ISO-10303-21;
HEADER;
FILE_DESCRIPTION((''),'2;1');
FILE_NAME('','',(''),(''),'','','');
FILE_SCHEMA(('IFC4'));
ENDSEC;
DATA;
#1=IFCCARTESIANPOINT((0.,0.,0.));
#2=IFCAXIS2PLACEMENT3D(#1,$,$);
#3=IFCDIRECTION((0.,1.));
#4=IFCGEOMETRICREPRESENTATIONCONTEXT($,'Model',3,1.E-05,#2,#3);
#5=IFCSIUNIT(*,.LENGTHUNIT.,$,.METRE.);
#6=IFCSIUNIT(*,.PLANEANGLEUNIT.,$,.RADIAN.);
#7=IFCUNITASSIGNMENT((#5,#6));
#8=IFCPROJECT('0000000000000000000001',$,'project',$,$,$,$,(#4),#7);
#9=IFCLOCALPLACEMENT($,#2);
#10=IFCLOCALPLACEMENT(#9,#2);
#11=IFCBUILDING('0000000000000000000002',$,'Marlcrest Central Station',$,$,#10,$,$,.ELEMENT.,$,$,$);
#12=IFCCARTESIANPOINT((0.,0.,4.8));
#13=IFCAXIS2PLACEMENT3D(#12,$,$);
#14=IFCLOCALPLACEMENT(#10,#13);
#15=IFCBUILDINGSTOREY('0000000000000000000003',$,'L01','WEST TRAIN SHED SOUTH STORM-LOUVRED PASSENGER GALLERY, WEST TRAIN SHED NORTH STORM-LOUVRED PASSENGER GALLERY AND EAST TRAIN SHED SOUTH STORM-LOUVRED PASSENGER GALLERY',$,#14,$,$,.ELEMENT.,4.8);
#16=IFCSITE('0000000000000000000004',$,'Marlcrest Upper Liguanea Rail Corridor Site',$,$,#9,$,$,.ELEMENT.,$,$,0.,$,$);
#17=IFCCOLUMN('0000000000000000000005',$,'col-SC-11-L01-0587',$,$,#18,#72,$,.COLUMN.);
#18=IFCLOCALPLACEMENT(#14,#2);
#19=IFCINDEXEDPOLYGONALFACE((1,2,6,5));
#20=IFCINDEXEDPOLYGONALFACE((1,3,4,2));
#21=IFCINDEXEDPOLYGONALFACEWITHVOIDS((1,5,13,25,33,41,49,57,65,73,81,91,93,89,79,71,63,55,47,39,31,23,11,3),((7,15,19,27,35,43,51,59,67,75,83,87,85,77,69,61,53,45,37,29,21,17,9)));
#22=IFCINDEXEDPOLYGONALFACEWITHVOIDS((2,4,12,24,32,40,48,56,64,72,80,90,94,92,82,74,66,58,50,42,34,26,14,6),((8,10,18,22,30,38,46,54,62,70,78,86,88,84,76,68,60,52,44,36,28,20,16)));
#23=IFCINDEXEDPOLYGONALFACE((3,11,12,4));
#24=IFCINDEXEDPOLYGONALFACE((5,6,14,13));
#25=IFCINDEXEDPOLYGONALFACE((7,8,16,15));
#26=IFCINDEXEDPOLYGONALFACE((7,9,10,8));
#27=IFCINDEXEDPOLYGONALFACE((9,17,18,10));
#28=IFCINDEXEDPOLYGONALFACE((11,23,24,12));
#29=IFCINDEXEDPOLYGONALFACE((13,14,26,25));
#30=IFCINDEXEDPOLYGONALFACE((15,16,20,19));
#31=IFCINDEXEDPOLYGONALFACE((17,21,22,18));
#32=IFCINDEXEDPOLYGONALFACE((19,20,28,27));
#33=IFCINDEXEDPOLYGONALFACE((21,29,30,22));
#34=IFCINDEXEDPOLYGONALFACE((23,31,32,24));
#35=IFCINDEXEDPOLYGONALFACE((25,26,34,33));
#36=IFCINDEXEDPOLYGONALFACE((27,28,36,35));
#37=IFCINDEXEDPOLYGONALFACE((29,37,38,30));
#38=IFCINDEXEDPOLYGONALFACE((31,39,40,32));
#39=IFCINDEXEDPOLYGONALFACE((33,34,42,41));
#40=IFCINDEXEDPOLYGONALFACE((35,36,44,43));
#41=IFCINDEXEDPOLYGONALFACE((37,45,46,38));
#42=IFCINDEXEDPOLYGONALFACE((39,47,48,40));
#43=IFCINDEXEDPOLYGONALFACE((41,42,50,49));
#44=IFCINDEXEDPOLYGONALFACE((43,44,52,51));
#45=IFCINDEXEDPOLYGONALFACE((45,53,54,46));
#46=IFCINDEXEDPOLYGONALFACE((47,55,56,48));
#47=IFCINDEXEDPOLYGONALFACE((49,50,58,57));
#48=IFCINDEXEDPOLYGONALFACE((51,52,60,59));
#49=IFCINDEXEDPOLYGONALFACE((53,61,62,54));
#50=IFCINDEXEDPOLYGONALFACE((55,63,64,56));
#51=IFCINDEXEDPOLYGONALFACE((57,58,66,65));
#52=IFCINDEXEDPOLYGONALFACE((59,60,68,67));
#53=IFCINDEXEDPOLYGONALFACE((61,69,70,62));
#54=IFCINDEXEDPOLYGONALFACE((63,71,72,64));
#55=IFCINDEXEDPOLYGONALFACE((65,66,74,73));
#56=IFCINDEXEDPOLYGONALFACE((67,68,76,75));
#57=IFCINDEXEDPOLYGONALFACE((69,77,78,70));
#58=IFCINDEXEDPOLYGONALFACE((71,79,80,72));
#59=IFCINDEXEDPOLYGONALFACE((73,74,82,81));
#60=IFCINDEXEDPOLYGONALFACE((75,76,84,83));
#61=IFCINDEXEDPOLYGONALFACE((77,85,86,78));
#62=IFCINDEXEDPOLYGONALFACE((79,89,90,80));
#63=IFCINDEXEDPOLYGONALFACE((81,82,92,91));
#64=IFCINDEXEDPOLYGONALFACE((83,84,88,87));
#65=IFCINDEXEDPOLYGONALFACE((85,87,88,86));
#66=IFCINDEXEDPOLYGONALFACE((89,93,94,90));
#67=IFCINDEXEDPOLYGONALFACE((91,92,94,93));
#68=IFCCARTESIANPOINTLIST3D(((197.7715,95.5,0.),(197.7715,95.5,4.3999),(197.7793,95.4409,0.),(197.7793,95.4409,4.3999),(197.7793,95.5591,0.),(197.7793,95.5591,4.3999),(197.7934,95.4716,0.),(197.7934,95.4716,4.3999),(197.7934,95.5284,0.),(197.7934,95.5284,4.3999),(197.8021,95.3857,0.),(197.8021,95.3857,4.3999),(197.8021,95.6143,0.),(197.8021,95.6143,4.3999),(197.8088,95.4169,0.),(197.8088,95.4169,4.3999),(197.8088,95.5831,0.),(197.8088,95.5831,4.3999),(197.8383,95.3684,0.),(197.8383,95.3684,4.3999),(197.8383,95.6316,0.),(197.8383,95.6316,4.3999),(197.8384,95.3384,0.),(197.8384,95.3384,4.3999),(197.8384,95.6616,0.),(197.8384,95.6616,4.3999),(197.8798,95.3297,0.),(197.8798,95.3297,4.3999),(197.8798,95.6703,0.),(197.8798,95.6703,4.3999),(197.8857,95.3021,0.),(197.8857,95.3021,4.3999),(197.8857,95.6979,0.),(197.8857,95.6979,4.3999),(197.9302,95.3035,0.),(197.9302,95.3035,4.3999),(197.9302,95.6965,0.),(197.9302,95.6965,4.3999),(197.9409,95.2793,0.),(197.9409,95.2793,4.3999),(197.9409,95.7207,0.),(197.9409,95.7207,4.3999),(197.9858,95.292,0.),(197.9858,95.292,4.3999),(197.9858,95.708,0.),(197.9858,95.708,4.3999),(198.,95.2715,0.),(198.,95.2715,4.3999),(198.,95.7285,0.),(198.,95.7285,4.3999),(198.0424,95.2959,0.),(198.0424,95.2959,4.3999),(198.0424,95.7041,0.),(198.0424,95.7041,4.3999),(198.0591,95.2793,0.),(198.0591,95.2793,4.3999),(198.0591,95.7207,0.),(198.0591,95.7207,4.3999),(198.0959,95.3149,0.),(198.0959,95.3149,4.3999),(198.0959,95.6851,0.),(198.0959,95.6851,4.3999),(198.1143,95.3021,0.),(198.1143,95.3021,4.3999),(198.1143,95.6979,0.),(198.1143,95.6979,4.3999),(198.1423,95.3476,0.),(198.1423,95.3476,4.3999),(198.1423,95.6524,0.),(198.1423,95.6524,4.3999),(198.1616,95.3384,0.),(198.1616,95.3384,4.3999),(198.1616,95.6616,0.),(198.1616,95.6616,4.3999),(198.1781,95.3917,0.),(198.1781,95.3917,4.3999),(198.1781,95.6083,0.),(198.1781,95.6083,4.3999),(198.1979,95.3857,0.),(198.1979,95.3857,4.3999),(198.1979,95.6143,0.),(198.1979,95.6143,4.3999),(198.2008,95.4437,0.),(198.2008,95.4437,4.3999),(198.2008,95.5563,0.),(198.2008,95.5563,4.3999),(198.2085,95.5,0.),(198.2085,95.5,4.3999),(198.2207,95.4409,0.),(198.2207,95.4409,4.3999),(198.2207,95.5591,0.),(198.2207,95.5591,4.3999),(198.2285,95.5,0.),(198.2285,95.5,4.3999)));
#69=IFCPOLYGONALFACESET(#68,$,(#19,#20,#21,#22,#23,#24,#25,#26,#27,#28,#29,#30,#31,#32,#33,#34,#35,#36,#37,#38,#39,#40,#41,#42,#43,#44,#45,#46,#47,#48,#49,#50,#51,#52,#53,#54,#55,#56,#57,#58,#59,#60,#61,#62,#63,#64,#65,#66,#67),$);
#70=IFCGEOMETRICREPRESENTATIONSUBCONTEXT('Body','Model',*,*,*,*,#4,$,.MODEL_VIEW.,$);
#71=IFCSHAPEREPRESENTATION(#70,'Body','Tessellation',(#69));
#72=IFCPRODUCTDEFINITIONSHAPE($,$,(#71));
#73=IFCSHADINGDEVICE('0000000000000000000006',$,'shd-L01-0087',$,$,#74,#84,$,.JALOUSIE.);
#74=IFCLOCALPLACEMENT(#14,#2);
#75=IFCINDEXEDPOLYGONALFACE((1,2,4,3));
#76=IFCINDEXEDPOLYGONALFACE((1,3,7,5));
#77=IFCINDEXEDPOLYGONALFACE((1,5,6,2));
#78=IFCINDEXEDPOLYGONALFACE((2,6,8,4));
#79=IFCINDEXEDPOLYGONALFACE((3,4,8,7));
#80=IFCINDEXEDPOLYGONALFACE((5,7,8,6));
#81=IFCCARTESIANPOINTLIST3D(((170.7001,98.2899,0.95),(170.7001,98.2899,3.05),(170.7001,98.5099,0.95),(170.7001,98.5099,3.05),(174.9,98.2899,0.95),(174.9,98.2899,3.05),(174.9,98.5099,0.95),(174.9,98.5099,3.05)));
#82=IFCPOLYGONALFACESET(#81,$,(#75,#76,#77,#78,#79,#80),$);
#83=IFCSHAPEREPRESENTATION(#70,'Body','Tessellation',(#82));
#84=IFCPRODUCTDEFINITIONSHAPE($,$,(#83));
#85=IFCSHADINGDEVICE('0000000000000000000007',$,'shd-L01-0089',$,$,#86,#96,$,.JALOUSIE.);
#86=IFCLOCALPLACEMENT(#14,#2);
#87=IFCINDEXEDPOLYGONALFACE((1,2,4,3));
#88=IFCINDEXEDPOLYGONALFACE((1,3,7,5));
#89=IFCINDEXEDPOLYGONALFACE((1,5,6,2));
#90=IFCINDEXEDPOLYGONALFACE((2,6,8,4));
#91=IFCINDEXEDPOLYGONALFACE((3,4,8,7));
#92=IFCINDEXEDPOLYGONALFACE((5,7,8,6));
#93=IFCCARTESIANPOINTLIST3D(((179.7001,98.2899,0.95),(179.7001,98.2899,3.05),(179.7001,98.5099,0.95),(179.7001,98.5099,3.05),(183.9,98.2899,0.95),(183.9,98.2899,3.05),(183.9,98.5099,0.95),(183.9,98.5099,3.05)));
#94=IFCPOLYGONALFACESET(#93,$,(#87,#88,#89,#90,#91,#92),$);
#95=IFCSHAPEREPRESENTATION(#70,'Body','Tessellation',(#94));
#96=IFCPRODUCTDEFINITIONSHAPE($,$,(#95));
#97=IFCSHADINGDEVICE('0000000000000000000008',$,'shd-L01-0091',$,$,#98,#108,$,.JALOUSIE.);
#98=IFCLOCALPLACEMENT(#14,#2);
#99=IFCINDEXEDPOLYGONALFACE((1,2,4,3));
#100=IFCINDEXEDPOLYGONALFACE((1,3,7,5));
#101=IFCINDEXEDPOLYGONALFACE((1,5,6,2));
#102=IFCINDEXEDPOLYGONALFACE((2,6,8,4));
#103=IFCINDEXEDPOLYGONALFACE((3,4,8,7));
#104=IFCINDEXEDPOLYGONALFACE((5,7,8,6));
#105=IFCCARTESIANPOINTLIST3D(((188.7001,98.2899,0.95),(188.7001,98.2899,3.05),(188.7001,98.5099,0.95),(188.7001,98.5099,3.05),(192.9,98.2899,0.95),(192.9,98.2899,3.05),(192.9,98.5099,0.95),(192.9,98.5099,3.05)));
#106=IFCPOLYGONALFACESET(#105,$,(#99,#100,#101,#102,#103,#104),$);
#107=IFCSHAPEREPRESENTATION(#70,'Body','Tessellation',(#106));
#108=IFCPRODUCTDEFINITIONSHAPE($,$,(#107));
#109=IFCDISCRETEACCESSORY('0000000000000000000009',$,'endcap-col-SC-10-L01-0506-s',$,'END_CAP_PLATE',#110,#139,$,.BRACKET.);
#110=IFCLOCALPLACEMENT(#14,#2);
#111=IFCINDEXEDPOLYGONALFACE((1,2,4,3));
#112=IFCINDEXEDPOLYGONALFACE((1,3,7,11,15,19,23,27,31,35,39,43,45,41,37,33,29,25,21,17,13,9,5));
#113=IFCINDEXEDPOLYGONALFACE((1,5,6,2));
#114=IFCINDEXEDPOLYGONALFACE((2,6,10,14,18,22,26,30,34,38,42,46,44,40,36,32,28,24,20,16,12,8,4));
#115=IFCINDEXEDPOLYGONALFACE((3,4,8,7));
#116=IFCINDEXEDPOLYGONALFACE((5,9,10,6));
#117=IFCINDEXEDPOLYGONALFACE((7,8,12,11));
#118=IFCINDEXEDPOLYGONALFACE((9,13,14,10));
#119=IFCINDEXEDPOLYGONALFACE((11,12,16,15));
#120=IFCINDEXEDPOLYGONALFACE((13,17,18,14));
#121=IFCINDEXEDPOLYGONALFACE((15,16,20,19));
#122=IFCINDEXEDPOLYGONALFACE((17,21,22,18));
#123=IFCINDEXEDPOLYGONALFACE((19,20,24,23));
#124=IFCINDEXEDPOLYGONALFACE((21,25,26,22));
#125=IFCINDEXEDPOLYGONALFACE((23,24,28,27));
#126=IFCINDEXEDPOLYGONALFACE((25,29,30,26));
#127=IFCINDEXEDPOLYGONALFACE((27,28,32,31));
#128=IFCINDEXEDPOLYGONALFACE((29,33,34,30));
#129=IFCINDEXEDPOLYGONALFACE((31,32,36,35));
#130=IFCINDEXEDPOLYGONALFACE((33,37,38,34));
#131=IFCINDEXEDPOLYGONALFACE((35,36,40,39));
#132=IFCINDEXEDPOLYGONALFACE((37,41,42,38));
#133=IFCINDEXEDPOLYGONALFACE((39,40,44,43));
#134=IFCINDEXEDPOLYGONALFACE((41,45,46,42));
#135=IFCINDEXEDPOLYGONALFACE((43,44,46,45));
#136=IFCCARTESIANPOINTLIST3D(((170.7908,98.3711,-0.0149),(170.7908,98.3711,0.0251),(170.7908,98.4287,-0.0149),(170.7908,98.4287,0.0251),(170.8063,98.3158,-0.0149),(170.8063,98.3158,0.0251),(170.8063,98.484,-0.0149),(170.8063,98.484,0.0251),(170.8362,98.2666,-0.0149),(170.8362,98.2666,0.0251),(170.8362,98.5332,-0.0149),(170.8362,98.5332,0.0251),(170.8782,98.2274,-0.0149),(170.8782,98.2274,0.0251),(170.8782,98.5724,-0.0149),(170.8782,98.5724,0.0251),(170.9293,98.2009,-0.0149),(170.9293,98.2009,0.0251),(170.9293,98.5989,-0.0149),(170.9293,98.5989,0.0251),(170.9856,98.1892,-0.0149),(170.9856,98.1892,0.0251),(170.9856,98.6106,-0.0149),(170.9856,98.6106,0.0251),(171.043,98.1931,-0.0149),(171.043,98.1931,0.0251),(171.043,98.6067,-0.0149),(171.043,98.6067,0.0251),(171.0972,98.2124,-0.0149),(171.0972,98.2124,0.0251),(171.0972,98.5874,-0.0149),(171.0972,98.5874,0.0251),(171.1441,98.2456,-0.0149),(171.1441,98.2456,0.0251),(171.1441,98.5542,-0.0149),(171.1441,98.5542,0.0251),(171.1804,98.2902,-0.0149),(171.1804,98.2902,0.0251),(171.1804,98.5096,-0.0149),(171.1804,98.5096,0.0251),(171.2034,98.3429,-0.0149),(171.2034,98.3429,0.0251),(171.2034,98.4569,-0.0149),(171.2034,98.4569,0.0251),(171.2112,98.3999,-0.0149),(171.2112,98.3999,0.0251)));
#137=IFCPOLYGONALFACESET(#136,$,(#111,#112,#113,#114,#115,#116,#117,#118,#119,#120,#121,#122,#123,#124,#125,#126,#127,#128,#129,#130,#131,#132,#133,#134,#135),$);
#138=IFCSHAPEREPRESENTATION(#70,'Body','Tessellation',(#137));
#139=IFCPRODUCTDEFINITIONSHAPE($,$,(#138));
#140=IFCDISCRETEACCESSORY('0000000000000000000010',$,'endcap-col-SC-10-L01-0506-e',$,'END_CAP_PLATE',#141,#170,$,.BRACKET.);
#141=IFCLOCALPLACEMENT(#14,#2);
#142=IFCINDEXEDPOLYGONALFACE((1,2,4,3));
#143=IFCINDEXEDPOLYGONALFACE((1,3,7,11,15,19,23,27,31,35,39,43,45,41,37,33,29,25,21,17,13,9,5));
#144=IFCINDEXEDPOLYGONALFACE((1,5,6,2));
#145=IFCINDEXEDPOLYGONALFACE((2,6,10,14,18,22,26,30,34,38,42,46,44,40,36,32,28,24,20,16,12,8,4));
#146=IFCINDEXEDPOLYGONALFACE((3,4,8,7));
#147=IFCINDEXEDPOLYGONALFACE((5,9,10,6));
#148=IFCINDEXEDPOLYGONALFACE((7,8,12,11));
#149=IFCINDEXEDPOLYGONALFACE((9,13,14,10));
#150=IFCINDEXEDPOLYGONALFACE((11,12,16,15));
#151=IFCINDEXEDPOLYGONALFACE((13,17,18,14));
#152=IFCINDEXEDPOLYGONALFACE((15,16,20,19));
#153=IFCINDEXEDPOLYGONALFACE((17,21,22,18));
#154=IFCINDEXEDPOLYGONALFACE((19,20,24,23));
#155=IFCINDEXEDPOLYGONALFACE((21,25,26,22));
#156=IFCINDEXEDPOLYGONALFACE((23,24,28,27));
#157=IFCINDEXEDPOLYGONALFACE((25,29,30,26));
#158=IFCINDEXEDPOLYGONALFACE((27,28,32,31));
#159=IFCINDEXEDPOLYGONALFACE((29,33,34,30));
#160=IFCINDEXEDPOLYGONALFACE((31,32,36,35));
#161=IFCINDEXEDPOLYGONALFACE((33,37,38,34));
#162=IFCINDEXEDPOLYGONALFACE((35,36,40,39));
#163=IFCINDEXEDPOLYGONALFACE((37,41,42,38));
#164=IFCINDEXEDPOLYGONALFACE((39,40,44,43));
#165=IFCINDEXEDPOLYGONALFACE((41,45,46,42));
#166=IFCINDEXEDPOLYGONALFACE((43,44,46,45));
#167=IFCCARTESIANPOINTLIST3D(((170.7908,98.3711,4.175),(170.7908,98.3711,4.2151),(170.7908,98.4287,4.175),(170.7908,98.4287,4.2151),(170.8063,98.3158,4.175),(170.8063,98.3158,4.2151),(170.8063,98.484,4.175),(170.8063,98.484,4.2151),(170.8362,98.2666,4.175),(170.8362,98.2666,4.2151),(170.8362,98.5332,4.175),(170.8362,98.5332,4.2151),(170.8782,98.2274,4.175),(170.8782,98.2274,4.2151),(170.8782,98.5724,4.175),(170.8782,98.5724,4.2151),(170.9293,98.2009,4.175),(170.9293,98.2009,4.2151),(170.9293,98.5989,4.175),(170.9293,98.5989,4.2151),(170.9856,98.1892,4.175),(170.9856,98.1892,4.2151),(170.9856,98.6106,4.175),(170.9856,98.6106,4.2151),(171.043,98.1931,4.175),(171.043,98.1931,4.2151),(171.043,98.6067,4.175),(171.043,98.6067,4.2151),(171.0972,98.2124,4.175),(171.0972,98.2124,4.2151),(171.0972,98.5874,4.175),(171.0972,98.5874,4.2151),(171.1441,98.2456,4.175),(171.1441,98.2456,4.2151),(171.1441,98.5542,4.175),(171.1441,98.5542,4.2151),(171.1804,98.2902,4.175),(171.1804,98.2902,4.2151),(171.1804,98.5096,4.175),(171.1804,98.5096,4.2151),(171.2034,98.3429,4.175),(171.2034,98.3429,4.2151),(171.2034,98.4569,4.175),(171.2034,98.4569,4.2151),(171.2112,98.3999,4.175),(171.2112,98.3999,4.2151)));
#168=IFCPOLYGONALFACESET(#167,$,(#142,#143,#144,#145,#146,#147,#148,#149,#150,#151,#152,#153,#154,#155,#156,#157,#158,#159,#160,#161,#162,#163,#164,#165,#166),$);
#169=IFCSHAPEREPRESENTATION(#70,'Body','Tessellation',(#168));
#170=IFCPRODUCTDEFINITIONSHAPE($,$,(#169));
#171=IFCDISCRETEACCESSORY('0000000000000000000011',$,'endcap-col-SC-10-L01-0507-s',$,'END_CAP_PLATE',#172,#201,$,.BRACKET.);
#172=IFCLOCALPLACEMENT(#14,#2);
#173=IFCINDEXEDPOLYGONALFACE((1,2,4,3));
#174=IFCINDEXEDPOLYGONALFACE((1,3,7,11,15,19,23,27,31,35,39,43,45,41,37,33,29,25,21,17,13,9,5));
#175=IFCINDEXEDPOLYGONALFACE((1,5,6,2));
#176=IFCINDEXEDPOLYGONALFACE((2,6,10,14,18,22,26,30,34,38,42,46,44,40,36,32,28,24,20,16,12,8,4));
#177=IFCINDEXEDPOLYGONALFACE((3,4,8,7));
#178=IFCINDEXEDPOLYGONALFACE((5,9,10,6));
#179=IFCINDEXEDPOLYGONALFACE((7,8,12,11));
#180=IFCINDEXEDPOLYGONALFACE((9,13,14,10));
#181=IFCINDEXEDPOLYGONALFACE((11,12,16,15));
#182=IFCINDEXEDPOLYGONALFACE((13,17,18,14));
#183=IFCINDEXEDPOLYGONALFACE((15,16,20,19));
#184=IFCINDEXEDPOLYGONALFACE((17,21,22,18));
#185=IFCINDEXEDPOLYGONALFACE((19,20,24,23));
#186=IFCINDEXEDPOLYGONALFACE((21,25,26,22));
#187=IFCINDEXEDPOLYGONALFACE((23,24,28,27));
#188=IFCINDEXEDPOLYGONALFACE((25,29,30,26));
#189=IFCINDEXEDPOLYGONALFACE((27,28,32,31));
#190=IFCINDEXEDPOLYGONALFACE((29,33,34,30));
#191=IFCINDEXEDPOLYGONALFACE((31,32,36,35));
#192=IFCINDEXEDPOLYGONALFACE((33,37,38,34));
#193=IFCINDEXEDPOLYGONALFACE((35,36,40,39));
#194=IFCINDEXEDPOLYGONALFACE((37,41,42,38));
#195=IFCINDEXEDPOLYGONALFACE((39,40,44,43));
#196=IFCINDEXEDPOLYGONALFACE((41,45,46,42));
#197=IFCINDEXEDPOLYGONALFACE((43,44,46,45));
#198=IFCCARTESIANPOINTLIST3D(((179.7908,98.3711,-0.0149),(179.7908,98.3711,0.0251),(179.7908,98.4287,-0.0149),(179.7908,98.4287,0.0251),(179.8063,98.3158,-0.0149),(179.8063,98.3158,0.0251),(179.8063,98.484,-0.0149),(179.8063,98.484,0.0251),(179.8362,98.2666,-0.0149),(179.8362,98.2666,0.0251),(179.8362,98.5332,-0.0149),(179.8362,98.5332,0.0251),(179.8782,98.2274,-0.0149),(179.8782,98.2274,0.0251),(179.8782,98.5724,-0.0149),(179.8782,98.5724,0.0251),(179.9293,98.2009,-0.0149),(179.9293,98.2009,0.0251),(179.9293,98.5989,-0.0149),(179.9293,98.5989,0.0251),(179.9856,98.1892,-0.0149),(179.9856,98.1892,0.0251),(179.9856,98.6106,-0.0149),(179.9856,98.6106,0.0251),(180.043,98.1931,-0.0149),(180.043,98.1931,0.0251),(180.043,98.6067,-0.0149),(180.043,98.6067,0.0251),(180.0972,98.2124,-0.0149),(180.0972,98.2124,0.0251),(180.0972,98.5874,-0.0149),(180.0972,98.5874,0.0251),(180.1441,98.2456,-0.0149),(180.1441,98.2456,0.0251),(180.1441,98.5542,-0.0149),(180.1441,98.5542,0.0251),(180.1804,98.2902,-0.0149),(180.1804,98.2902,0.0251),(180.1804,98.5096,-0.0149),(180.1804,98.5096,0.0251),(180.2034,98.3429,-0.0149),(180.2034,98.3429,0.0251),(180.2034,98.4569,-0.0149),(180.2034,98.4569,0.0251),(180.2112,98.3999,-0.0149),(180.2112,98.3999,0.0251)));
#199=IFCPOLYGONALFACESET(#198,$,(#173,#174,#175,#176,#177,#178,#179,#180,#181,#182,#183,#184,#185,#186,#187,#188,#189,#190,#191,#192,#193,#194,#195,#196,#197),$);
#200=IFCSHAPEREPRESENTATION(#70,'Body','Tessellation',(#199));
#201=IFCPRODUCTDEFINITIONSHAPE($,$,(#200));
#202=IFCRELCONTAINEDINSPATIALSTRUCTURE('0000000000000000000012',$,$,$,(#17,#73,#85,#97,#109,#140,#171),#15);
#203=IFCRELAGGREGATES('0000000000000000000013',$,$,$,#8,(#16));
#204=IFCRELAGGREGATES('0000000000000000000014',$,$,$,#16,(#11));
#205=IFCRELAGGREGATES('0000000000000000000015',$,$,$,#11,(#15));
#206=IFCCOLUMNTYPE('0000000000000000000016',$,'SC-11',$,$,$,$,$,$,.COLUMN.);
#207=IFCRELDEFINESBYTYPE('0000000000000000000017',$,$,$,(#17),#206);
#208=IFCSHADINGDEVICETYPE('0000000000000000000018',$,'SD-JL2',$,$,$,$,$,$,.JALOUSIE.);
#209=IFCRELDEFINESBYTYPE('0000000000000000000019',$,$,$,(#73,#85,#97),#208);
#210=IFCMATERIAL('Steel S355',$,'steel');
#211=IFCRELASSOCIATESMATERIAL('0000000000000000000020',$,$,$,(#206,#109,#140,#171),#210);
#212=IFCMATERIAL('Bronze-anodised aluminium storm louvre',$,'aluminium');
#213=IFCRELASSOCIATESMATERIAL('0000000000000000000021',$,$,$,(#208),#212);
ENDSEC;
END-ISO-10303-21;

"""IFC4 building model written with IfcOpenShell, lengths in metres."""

from ifc_helpers import new_model, si_unit, direction, frame, origin, origin_2d, place, context, subcontext, project, spatial, rectangle, circle, hollow_circle, extrude, material, material_profile, profile_set, type_object, element, save


model = new_model("IFC4")

# Units and contexts
model_context = context("Model", 3, precision=1e-05, world=origin(), true_north=direction((0.0, 1.0)))
body_context = subcontext(model_context, "Body", "Model", "MODEL_VIEW")
ifc_project = project(units=[si_unit("LENGTHUNIT", "METRE"), si_unit("PLANEANGLEUNIT", "RADIAN")], contexts=[model_context])

# Site, building, storey
site_placement = place(None, origin())
site = spatial("IfcSite", under=ifc_project, at=site_placement, Name="Marlcrest Upper Liguanea Rail Corridor Site", CompositionType="ELEMENT", RefElevation=0.0)
building_placement = place(site_placement, origin())
building = spatial("IfcBuilding", under=site, at=building_placement, Name="Marlcrest Central Station", CompositionType="ELEMENT")
storey_placement = place(building_placement, frame((0.0, 0.0, 4.8)))
storey = spatial("IfcBuildingStorey", under=building, at=storey_placement, Name="L01", Description="WEST TRAIN SHED SOUTH STORM-LOUVRED PASSENGER GALLERY, WEST TRAIN SHED NORTH STORM-LOUVRED PASSENGER GALLERY AND EAST TRAIN SHED SOUTH STORM-LOUVRED PASSENGER GALLERY", CompositionType="ELEMENT", Elevation=4.8)

# Column
ifc_material_1 = material(Name="Steel S355", Category="steel")
ifc_material_profile_1 = material_profile(ifc_material_1, hollow_circle(Radius=0.2285, WallThickness=0.02, at=origin_2d()), Name="CHS 457x20")
ifc_profile_set_1 = profile_set([ifc_material_profile_1], Name="Steel S355")
column_type_1 = type_object("IfcColumnType", Name="SC-11", PredefinedType="COLUMN", material=ifc_profile_set_1)
for number, where, z_axis, x_axis, name in (
    (1, (198.0, 95.5, 0.0), (0.0, 0.0, 1.0), (1.0, 0.0, 0.0), "col-SC-11-L01-0587"),
):
    element("IfcColumn", number, at=place(storey_placement, frame(where, z_axis=z_axis, x_axis=x_axis)), inside=storey, type_object=column_type_1, Name=name, PredefinedType="COLUMN", context=body_context, shape_type="SweptSolid", body=[
        extrude(hollow_circle(Radius=0.2285, WallThickness=0.02, at=origin_2d()), origin(), (0.0, 0.0, 1.0), 4.3999),
    ])

# Shading devices
ifc_material_2 = material(Name="Bronze-anodised aluminium storm louvre", Category="aluminium")
shading_device_type = type_object("IfcShadingDeviceType", Name="SD-JL2", PredefinedType="JALOUSIE", material=ifc_material_2)
for number, where, z_axis, x_axis, name in (
    (2, (172.8, 98.3999, 0.95), (0.0, 0.0, 1.0), (1.0, 0.0, 0.0), "shd-L01-0087"),
    (3, (181.8, 98.3999, 0.95), (0.0, 0.0, 1.0), (1.0, 0.0, 0.0), "shd-L01-0089"),
    (4, (190.8, 98.3999, 0.95), (0.0, 0.0, 1.0), (1.0, 0.0, 0.0), "shd-L01-0091"),
):
    element("IfcShadingDevice", number, at=place(storey_placement, frame(where, z_axis=z_axis, x_axis=x_axis)), inside=storey, type_object=shading_device_type, Name=name, PredefinedType="JALOUSIE", context=body_context, shape_type="SweptSolid", body=[
        extrude(rectangle(XDim=4.2, YDim=0.22, at=origin_2d()), origin(), (0.0, 0.0, 1.0), 2.1001),
    ])

# Discrete accessories
for number, where, z_axis, x_axis, name in (
    (5, (171.0, 98.3999, -0.0149), (0.0, 0.0, 1.0), (1.0, 0.0, 0.0), "endcap-col-SC-10-L01-0506-s"),
    (6, (171.0, 98.3999, 4.175), (0.0, 0.0, 1.0), (1.0, 0.0, 0.0), "endcap-col-SC-10-L01-0506-e"),
    (7, (180.0, 98.3999, -0.0149), (0.0, 0.0, 1.0), (1.0, 0.0, 0.0), "endcap-col-SC-10-L01-0507-s"),
):
    element("IfcDiscreteAccessory", number, at=place(storey_placement, frame(where, z_axis=z_axis, x_axis=x_axis)), inside=storey, material=ifc_material_1, Name=name, ObjectType="END_CAP_PLATE", PredefinedType="BRACKET", context=body_context, shape_type="SweptSolid", body=[
        extrude(circle(Radius=0.2112, at=origin_2d()), origin(), (0.0, 0.0, 1.0), 0.04),
    ])

save(model, "model.ifc")
